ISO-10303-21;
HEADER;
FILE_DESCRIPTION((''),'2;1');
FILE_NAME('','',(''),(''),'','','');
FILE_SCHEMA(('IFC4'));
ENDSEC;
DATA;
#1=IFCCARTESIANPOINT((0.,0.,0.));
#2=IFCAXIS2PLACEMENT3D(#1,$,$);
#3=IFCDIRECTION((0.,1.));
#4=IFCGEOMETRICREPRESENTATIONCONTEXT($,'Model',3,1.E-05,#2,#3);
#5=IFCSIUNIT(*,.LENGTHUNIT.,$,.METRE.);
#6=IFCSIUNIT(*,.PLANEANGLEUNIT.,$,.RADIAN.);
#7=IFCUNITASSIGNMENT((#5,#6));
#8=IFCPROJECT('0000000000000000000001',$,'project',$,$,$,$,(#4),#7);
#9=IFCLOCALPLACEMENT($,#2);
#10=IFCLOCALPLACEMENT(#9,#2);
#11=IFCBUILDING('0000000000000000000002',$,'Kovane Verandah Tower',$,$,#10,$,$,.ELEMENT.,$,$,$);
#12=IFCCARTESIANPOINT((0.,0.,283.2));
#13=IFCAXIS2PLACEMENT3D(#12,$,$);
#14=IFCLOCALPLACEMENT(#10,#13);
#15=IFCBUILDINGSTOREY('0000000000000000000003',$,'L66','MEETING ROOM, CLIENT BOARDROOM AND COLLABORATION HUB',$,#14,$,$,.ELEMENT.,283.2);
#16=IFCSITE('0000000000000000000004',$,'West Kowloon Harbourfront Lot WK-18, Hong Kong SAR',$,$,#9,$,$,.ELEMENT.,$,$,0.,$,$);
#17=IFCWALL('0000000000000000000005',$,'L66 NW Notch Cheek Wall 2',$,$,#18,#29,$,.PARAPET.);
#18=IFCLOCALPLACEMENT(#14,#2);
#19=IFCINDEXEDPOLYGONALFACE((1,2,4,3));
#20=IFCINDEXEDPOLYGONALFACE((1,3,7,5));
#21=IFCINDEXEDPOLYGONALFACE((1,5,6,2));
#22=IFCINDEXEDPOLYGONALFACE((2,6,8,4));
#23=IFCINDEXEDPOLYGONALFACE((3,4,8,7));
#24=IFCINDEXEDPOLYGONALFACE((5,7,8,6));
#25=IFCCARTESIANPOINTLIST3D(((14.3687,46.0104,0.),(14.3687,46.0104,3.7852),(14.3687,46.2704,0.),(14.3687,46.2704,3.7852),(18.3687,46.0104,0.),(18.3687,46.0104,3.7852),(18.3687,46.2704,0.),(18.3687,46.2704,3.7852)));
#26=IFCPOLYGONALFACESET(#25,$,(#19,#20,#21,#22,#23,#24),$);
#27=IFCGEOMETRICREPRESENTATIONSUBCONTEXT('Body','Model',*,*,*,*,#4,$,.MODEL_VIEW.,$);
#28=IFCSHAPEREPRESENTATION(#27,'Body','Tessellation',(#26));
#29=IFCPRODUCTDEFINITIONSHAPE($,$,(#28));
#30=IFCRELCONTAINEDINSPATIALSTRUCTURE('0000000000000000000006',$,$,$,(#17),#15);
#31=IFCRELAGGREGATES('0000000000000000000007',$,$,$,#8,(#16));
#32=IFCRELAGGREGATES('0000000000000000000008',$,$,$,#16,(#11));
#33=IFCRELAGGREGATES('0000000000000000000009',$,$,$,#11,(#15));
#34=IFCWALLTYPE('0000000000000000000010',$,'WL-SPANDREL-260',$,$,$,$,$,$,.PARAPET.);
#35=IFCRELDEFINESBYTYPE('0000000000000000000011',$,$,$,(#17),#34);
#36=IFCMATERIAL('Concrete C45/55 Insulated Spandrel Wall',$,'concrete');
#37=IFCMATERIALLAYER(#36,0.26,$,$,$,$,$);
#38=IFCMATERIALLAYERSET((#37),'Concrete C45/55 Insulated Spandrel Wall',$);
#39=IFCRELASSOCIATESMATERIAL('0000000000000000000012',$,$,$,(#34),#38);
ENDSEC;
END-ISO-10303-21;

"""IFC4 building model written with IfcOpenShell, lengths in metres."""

from ifc_helpers import new_model, si_unit, direction, frame, frame_2d, origin, place, context, subcontext, project, spatial, rectangle, extrude, material, layer, layer_set, type_object, element, save


model = new_model("IFC4")

# Units and contexts
model_context = context("Model", 3, precision=1e-05, world=origin(), true_north=direction((0.0, 1.0)))
body_context = subcontext(model_context, "Body", "Model", "MODEL_VIEW")
ifc_project = project(units=[si_unit("LENGTHUNIT", "METRE"), si_unit("PLANEANGLEUNIT", "RADIAN")], contexts=[model_context])

# Site, building, storey
site_placement = place(None, origin())
site = spatial("IfcSite", under=ifc_project, at=site_placement, Name="West Kowloon Harbourfront Lot WK-18, Hong Kong SAR", CompositionType="ELEMENT", RefElevation=0.0)
building_placement = place(site_placement, origin())
building = spatial("IfcBuilding", under=site, at=building_placement, Name="Kovane Verandah Tower", CompositionType="ELEMENT")
storey_placement = place(building_placement, frame((0.0, 0.0, 283.2)))
storey = spatial("IfcBuildingStorey", under=building, at=storey_placement, Name="L66", Description="MEETING ROOM, CLIENT BOARDROOM AND COLLABORATION HUB", CompositionType="ELEMENT", Elevation=283.2)

# Shared definitions
ifc_material_1 = material(Name="Concrete C45/55 Insulated Spandrel Wall", Category="concrete")
ifc_layer_1 = layer(ifc_material_1, 0.26)
ifc_layer_set_1 = layer_set([ifc_layer_1], Name="Concrete C45/55 Insulated Spandrel Wall")
wall_type_1 = type_object("IfcWallType", Name="WL-SPANDREL-260", PredefinedType="PARAPET", material=ifc_layer_set_1)

# Wall
wall_1_placement = place(storey_placement, frame((18.3687, 46.1404, 0.0), z_axis=(0.0, 0.0, 1.0), x_axis=(-1.0, 0.0, 0.0)))
element("IfcWall", 1, at=wall_1_placement, inside=storey, type_object=wall_type_1, Name="L66 NW Notch Cheek Wall 2", PredefinedType="PARAPET", context=body_context, shape_type="SweptSolid", body=[
    extrude(rectangle(XDim=4.0, YDim=0.26, at=frame_2d((2.0, 0.0))), origin(), (0.0, 0.0, 1.0), 3.7852),
])

save(model, "model.ifc")
